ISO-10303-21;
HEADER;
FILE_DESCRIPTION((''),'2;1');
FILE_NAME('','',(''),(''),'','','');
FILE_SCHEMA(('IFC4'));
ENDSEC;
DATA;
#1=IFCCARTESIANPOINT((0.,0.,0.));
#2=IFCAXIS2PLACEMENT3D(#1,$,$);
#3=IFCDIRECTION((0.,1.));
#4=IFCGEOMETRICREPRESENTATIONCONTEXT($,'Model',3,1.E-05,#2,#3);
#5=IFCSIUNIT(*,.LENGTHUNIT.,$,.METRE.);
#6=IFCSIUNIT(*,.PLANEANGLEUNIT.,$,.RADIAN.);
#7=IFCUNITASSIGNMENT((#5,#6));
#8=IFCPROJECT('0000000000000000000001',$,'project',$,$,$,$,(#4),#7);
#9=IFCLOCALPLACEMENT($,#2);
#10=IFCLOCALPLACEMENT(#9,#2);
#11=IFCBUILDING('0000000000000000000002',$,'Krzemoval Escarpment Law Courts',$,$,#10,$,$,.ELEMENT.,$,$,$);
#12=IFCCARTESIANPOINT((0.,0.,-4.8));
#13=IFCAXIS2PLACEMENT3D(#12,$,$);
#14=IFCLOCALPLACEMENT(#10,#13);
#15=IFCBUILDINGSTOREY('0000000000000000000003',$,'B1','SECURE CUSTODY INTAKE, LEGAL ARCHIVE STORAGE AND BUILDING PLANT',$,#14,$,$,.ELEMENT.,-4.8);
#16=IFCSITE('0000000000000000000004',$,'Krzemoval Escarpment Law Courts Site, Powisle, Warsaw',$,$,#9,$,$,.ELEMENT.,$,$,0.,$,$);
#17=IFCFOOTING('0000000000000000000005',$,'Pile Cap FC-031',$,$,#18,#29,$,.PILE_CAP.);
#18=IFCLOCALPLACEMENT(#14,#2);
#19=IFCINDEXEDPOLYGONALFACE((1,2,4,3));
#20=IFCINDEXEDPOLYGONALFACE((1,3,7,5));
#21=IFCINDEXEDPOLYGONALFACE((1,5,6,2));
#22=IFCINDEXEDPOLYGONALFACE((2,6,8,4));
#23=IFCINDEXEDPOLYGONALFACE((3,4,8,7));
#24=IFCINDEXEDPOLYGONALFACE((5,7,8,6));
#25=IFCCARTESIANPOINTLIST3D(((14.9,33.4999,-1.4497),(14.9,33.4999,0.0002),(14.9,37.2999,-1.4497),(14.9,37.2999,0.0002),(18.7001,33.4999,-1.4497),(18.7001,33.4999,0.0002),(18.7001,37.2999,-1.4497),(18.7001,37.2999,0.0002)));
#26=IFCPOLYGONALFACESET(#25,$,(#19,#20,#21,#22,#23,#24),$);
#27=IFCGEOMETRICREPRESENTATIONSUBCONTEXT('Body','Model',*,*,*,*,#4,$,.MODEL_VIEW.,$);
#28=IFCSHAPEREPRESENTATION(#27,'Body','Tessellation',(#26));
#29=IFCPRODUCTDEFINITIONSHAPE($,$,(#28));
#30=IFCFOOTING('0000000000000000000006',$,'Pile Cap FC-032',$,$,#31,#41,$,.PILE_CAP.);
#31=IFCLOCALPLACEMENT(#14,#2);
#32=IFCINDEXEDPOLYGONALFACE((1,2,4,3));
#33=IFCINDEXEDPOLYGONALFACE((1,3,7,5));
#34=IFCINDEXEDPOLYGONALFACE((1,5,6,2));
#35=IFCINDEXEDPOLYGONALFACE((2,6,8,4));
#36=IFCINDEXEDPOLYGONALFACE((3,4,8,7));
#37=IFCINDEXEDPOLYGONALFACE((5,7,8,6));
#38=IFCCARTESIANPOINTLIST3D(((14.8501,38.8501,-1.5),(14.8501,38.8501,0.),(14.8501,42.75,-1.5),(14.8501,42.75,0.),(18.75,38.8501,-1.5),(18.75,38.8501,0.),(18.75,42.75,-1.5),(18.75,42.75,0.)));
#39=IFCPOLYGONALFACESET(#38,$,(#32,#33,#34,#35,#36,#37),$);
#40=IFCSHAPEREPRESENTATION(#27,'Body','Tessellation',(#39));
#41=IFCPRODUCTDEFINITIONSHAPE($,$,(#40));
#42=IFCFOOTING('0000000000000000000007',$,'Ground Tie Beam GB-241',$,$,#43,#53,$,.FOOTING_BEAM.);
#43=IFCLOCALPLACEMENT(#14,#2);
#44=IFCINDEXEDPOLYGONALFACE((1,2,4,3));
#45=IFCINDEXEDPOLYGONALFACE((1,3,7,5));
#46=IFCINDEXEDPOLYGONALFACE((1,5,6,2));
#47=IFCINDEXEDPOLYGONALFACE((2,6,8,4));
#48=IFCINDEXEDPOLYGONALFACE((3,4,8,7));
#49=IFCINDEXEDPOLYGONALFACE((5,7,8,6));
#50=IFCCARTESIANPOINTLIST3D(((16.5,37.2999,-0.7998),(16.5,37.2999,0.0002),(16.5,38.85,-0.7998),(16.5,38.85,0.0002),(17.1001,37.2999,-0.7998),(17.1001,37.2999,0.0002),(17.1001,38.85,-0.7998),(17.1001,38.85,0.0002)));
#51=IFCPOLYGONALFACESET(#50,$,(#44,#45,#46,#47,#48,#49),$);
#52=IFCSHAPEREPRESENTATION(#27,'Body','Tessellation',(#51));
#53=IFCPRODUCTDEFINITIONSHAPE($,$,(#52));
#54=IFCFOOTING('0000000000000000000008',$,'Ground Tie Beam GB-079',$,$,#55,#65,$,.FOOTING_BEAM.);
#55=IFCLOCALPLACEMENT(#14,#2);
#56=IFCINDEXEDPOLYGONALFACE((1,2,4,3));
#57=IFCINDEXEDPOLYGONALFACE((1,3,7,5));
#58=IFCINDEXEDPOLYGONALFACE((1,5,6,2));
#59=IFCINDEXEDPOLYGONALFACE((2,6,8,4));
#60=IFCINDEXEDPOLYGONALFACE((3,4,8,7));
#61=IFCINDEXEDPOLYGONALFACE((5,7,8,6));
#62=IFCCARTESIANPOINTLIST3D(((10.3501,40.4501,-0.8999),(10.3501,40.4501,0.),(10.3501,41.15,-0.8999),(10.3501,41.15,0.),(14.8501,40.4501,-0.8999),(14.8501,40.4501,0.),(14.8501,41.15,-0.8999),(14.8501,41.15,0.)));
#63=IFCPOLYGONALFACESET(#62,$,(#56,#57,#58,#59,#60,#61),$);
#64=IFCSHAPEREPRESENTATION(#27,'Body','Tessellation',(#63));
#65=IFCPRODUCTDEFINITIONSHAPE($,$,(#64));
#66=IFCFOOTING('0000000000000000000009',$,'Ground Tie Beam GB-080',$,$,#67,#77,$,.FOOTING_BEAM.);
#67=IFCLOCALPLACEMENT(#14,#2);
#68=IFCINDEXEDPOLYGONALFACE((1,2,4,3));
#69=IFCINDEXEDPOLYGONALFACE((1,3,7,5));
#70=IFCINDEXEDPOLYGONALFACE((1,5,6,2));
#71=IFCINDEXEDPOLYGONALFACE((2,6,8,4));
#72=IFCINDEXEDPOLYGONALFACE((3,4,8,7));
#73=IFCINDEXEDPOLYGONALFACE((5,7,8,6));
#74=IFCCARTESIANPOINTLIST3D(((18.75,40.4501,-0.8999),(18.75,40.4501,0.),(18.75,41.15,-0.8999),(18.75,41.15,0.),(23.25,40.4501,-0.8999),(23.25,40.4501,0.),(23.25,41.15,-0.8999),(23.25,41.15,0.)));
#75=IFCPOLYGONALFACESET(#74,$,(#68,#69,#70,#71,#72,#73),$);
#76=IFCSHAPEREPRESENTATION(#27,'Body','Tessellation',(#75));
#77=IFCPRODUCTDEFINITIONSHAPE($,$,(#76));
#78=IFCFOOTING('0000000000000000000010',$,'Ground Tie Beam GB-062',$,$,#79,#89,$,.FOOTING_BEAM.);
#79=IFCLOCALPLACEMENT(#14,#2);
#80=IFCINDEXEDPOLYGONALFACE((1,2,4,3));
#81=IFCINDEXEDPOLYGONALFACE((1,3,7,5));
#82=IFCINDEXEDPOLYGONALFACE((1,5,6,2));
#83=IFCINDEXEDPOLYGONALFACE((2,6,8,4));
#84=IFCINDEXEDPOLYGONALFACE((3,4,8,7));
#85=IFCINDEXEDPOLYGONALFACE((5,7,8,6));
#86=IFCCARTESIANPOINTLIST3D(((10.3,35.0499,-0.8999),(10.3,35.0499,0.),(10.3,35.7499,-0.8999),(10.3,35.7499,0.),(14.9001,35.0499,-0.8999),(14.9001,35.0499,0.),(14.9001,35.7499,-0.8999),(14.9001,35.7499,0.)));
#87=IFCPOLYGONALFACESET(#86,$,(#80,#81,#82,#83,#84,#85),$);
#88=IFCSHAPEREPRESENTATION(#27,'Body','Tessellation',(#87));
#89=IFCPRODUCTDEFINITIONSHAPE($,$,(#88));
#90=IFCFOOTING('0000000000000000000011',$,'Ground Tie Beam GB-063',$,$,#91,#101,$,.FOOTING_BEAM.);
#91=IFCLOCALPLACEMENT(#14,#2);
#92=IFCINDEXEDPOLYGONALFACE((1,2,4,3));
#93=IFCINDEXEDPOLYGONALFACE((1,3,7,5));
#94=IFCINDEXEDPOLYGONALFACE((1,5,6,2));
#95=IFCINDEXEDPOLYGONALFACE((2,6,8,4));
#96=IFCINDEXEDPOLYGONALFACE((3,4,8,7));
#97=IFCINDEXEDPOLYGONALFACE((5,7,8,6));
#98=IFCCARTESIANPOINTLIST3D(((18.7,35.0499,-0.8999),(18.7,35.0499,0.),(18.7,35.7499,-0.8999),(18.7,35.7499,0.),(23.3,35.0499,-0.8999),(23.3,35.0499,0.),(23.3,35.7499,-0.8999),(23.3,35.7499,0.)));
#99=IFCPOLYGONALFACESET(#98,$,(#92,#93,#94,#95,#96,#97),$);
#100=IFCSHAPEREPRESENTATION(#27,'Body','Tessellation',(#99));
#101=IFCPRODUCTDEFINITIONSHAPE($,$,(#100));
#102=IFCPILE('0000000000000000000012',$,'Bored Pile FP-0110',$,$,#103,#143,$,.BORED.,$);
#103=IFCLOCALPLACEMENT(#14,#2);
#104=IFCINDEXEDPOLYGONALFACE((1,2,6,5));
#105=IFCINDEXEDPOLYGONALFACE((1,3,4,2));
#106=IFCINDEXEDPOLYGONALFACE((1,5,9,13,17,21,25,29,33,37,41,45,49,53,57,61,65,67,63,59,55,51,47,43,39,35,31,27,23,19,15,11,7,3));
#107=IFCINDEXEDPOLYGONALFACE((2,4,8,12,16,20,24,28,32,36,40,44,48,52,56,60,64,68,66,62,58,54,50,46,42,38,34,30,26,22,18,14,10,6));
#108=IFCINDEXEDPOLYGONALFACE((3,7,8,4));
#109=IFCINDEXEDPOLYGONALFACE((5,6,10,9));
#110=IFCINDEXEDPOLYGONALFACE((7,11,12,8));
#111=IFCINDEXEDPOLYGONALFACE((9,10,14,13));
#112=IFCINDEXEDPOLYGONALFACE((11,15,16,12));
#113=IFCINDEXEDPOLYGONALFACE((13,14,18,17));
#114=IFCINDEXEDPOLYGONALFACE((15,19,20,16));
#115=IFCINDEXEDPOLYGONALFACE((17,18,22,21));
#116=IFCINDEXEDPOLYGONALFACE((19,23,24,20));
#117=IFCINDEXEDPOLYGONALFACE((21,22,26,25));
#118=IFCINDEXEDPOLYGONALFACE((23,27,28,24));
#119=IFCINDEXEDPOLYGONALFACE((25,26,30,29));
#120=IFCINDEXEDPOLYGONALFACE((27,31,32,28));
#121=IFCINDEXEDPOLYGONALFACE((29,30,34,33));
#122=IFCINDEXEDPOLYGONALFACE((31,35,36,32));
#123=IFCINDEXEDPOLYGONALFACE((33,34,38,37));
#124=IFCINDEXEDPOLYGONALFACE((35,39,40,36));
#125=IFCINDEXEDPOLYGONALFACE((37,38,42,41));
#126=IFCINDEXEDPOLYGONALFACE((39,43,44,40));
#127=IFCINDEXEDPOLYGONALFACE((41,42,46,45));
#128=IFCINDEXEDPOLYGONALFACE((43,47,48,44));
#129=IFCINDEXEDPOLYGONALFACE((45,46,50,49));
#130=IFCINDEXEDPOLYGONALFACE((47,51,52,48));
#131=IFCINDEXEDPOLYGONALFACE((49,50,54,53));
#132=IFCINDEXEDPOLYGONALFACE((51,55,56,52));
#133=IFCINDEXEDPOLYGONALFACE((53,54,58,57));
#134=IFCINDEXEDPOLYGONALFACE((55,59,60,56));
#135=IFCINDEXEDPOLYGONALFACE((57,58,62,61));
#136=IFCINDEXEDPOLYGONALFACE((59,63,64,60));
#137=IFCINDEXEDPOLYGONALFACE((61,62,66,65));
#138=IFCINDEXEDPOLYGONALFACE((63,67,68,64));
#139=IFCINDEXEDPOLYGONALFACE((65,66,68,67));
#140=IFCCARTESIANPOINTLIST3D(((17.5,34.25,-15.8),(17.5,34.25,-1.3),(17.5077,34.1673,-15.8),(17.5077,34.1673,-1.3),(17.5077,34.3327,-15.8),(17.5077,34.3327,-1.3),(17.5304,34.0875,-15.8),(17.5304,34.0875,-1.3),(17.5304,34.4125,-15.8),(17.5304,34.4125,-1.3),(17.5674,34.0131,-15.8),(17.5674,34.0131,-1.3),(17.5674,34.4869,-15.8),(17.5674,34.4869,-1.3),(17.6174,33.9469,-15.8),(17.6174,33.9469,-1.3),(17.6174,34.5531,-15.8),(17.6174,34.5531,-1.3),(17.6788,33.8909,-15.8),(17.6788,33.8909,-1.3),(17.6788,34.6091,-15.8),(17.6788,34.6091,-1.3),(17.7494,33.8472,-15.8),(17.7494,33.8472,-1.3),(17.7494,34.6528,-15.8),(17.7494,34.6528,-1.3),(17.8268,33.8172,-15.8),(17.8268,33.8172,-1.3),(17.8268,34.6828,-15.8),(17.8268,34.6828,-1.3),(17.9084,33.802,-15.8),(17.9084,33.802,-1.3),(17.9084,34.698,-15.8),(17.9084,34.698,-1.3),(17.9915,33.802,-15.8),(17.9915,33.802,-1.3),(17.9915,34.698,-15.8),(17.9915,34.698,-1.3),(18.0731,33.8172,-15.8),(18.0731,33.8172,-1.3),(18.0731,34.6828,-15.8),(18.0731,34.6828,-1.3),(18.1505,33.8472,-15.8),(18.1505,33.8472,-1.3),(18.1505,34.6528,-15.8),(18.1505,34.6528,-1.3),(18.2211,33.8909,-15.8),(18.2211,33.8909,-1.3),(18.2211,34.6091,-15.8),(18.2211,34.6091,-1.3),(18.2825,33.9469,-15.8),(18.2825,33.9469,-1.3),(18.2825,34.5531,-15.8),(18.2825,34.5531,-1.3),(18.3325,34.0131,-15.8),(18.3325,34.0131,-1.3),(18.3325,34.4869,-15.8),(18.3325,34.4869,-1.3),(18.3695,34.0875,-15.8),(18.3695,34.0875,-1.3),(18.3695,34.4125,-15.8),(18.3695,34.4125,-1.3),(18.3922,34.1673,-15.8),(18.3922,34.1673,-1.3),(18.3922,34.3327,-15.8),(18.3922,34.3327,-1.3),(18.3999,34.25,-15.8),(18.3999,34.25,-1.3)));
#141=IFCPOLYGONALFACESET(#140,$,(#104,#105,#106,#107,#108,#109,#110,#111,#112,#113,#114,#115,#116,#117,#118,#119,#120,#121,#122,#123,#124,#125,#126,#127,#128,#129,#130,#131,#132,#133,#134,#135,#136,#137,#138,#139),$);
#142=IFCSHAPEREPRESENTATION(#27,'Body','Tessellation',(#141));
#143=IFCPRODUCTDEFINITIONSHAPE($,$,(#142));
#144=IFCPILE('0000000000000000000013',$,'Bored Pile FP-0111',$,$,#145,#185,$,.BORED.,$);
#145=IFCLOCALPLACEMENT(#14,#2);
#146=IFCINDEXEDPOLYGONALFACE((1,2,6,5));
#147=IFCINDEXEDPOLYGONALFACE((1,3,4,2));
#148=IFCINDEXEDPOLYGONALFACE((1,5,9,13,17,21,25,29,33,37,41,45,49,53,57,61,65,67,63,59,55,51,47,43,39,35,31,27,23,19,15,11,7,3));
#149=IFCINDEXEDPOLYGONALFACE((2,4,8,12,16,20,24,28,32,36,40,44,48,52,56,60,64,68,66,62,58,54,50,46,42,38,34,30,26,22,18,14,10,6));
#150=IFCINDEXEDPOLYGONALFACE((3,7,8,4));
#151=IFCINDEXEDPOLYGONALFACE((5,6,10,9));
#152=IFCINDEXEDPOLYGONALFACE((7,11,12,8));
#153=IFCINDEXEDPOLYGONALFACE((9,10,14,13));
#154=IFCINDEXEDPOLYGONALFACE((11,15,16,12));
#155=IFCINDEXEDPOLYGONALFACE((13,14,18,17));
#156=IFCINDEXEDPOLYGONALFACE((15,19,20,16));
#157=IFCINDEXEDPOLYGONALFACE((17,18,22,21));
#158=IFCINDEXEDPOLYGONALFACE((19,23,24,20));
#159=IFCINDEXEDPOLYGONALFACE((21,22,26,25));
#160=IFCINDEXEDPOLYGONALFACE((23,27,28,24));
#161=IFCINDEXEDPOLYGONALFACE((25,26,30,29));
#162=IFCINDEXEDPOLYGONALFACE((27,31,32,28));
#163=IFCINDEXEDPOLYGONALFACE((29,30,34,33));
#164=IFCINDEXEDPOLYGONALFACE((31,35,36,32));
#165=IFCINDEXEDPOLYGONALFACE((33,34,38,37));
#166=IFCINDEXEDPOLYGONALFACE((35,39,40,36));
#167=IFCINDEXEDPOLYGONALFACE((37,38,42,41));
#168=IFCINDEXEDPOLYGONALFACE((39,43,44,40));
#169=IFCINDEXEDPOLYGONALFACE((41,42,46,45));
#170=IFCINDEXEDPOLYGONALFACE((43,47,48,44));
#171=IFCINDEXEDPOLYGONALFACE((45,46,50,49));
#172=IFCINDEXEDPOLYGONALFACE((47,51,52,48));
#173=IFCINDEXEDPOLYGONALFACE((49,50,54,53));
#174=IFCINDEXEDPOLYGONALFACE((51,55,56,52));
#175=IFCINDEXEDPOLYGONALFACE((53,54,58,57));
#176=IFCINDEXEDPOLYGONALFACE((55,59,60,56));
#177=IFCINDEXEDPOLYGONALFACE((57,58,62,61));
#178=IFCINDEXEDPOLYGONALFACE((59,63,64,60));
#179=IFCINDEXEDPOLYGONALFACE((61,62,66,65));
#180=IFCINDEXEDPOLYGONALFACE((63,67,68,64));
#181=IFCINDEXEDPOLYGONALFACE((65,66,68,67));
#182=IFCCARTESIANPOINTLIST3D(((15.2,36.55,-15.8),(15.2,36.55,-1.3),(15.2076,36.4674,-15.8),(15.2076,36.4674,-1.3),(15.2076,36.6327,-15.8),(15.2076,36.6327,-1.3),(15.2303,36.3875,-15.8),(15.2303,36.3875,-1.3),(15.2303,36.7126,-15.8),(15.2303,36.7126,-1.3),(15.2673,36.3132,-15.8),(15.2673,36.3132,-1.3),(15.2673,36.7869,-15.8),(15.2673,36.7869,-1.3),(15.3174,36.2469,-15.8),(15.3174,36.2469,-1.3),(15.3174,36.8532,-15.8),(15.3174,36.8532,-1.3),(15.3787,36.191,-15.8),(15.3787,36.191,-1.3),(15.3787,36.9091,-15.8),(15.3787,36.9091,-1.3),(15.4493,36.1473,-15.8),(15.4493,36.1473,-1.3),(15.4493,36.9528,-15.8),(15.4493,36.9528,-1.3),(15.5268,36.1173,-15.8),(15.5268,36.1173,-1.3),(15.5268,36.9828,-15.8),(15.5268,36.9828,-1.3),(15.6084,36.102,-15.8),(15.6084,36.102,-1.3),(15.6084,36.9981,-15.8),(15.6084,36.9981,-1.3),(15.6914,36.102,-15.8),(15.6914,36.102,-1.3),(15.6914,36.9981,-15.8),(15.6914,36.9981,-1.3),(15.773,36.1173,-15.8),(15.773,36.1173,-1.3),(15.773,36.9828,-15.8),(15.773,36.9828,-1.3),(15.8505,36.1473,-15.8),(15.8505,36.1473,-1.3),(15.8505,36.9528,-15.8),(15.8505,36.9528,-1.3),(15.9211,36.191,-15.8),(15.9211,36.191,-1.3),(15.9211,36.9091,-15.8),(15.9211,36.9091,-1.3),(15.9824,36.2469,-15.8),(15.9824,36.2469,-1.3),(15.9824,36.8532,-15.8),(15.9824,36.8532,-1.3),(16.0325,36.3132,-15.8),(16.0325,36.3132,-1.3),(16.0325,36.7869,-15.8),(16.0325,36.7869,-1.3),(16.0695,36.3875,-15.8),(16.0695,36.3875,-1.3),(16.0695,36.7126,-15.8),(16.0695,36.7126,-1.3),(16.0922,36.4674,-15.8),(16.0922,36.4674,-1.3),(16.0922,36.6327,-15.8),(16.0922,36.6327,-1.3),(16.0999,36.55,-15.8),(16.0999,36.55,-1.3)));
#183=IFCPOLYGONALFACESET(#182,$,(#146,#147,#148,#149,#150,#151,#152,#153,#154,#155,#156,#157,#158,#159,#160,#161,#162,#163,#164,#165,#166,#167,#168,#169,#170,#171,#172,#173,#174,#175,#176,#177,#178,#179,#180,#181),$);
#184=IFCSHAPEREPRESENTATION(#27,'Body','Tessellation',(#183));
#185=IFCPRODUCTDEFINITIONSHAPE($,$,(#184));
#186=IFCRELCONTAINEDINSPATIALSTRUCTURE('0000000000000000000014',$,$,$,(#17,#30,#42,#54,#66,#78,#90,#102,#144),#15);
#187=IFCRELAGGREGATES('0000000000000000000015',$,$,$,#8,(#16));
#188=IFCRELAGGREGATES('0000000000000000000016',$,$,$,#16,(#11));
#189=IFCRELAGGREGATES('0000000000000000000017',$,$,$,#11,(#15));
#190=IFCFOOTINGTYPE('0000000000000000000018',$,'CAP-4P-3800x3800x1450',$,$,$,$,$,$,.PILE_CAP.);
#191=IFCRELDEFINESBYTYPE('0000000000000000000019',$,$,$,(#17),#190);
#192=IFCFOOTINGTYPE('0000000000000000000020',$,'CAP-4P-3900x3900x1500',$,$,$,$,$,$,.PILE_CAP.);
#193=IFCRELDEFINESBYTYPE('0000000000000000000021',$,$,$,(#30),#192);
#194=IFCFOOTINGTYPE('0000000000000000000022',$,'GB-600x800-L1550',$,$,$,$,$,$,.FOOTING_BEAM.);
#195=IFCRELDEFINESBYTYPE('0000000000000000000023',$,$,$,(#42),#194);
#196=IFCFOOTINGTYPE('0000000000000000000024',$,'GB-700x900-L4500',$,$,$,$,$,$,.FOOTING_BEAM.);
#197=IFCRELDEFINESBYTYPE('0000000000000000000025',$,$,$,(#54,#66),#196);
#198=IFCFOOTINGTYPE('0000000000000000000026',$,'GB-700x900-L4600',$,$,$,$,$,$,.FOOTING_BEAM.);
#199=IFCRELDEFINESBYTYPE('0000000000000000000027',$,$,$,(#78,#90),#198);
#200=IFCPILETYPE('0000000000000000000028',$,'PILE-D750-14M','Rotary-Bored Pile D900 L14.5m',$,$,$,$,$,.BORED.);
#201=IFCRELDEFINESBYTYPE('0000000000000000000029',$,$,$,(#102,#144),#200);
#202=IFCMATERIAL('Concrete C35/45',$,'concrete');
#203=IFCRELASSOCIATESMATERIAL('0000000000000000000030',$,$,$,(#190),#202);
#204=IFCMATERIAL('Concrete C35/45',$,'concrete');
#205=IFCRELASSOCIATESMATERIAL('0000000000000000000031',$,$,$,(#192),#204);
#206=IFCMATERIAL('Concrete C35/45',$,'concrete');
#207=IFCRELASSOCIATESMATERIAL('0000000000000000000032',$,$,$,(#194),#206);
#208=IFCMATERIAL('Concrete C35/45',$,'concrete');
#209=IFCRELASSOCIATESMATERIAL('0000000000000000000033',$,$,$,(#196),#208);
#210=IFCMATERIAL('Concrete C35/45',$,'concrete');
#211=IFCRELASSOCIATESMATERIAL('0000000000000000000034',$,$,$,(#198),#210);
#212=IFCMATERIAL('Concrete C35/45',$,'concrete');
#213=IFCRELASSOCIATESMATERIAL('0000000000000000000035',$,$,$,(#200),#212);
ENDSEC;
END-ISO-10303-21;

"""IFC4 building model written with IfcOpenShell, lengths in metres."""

from ifc_helpers import new_model, si_unit, direction, frame, origin, origin_2d, place, context, subcontext, project, spatial, rectangle, circle, extrude, material, material_profile, profile_set, type_object, element, save


model = new_model("IFC4")

# Units and contexts
model_context = context("Model", 3, precision=1e-05, world=origin(), true_north=direction((0.0, 1.0)))
body_context = subcontext(model_context, "Body", "Model", "MODEL_VIEW")
ifc_project = project(units=[si_unit("LENGTHUNIT", "METRE"), si_unit("PLANEANGLEUNIT", "RADIAN")], contexts=[model_context])

# Site, building, storey
site_placement = place(None, origin())
site = spatial("IfcSite", under=ifc_project, at=site_placement, Name="Krzemoval Escarpment Law Courts Site, Powisle, Warsaw", CompositionType="ELEMENT", RefElevation=0.0)
building_placement = place(site_placement, origin())
building = spatial("IfcBuilding", under=site, at=building_placement, Name="Krzemoval Escarpment Law Courts", CompositionType="ELEMENT")
storey_placement = place(building_placement, frame((0.0, 0.0, -4.8)))
storey = spatial("IfcBuildingStorey", under=building, at=storey_placement, Name="B1", Description="SECURE CUSTODY INTAKE, LEGAL ARCHIVE STORAGE AND BUILDING PLANT", CompositionType="ELEMENT", Elevation=-4.8)

# Footings
ifc_material_1 = material(Name="Concrete C35/45", Category="concrete")
footing_type_1 = type_object("IfcFootingType", Name="CAP-4P-3800x3800x1450", PredefinedType="PILE_CAP", material=ifc_material_1)
footing_1_placement = place(storey_placement, frame((16.8, 35.3999, -1.4497), z_axis=(0.0, 0.0, 1.0), x_axis=(1.0, 0.0, 0.0)))
element("IfcFooting", 1, at=footing_1_placement, inside=storey, type_object=footing_type_1, Name="Pile Cap FC-031", PredefinedType="PILE_CAP", context=body_context, shape_type="SweptSolid", body=[
    extrude(rectangle(XDim=3.8, YDim=3.8, at=origin_2d()), origin(), (0.0, 0.0, 1.0), 1.45),
])
ifc_material_2 = material(Name="Concrete C35/45", Category="concrete")
footing_type_2 = type_object("IfcFootingType", Name="CAP-4P-3900x3900x1500", PredefinedType="PILE_CAP", material=ifc_material_2)
footing_2_placement = place(storey_placement, frame((16.8, 40.8, -1.5), z_axis=(0.0, 0.0, 1.0), x_axis=(1.0, 0.0, 0.0)))
element("IfcFooting", 2, at=footing_2_placement, inside=storey, type_object=footing_type_2, Name="Pile Cap FC-032", PredefinedType="PILE_CAP", context=body_context, shape_type="SweptSolid", body=[
    extrude(rectangle(XDim=3.8999, YDim=3.8999, at=origin_2d()), origin(), (0.0, 0.0, 1.0), 1.5),
])
ifc_material_3 = material(Name="Concrete C35/45", Category="concrete")
footing_type_3 = type_object("IfcFootingType", Name="GB-600x800-L1550", PredefinedType="FOOTING_BEAM", material=ifc_material_3)
footing_3_placement = place(storey_placement, frame((16.8, 38.075, -0.7998), z_axis=(0.0, 0.0, 1.0), x_axis=(0.0, 1.0, 0.0)))
element("IfcFooting", 3, at=footing_3_placement, inside=storey, type_object=footing_type_3, Name="Ground Tie Beam GB-241", PredefinedType="FOOTING_BEAM", context=body_context, shape_type="SweptSolid", body=[
    extrude(rectangle(XDim=1.55, YDim=0.6001, at=origin_2d()), origin(), (0.0, 0.0, 1.0), 0.8),
])
ifc_material_4 = material(Name="Concrete C35/45", Category="concrete")
footing_type_4 = type_object("IfcFootingType", Name="GB-700x900-L4500", PredefinedType="FOOTING_BEAM", material=ifc_material_4)
for number, where, z_axis, x_axis, name in (
    (4, (12.6001, 40.8, -0.8999), (0.0, 0.0, 1.0), (1.0, 0.0, 0.0), "Ground Tie Beam GB-079"),
    (5, (21.0, 40.8, -0.8999), (0.0, 0.0, 1.0), (1.0, 0.0, 0.0), "Ground Tie Beam GB-080"),
):
    element("IfcFooting", number, at=place(storey_placement, frame(where, z_axis=z_axis, x_axis=x_axis)), inside=storey, type_object=footing_type_4, Name=name, PredefinedType="FOOTING_BEAM", context=body_context, shape_type="SweptSolid", body=[
        extrude(rectangle(XDim=4.5, YDim=0.7, at=origin_2d()), origin(), (0.0, 0.0, 1.0), 0.8999),
    ])
ifc_material_5 = material(Name="Concrete C35/45", Category="concrete")
footing_type_5 = type_object("IfcFootingType", Name="GB-700x900-L4600", PredefinedType="FOOTING_BEAM", material=ifc_material_5)
for number, where, z_axis, x_axis, name in (
    (6, (12.6001, 35.3999, -0.8999), (0.0, 0.0, 1.0), (1.0, 0.0, 0.0), "Ground Tie Beam GB-062"),
    (7, (21.0, 35.3999, -0.8999), (0.0, 0.0, 1.0), (1.0, 0.0, 0.0), "Ground Tie Beam GB-063"),
):
    element("IfcFooting", number, at=place(storey_placement, frame(where, z_axis=z_axis, x_axis=x_axis)), inside=storey, type_object=footing_type_5, Name=name, PredefinedType="FOOTING_BEAM", context=body_context, shape_type="SweptSolid", body=[
        extrude(rectangle(XDim=4.6001, YDim=0.7, at=origin_2d()), origin(), (0.0, 0.0, 1.0), 0.8999),
    ])

# Piles
ifc_material_6 = material(Name="Concrete C35/45", Category="concrete")
ifc_material_profile_1 = material_profile(ifc_material_6, circle(Radius=0.45, at=origin_2d()), Name="PILE D900")
ifc_profile_set_1 = profile_set([ifc_material_profile_1], Name="Concrete C35/45")
pile_type_1 = type_object("IfcPileType", Name="PILE-D750-14M", Description="Rotary-Bored Pile D900 L14.5m", PredefinedType="BORED", material=ifc_profile_set_1)
for number, where, z_axis, x_axis, name in (
    (8, (17.95, 34.25, -1.3), (0.0, 0.0, -1.0), (1.0, 0.0, 0.0), "Bored Pile FP-0110"),
    (9, (15.6499, 36.55, -1.3), (0.0, 0.0, -1.0), (1.0, 0.0, 0.0), "Bored Pile FP-0111"),
):
    element("IfcPile", number, at=place(storey_placement, frame(where, z_axis=z_axis, x_axis=x_axis)), inside=storey, type_object=pile_type_1, Name=name, PredefinedType="BORED", context=body_context, shape_type="SweptSolid", body=[
        extrude(circle(Radius=0.45, at=origin_2d()), origin(), (0.0, 0.0, 1.0), 14.5),
    ])

save(model, "model.ifc")
